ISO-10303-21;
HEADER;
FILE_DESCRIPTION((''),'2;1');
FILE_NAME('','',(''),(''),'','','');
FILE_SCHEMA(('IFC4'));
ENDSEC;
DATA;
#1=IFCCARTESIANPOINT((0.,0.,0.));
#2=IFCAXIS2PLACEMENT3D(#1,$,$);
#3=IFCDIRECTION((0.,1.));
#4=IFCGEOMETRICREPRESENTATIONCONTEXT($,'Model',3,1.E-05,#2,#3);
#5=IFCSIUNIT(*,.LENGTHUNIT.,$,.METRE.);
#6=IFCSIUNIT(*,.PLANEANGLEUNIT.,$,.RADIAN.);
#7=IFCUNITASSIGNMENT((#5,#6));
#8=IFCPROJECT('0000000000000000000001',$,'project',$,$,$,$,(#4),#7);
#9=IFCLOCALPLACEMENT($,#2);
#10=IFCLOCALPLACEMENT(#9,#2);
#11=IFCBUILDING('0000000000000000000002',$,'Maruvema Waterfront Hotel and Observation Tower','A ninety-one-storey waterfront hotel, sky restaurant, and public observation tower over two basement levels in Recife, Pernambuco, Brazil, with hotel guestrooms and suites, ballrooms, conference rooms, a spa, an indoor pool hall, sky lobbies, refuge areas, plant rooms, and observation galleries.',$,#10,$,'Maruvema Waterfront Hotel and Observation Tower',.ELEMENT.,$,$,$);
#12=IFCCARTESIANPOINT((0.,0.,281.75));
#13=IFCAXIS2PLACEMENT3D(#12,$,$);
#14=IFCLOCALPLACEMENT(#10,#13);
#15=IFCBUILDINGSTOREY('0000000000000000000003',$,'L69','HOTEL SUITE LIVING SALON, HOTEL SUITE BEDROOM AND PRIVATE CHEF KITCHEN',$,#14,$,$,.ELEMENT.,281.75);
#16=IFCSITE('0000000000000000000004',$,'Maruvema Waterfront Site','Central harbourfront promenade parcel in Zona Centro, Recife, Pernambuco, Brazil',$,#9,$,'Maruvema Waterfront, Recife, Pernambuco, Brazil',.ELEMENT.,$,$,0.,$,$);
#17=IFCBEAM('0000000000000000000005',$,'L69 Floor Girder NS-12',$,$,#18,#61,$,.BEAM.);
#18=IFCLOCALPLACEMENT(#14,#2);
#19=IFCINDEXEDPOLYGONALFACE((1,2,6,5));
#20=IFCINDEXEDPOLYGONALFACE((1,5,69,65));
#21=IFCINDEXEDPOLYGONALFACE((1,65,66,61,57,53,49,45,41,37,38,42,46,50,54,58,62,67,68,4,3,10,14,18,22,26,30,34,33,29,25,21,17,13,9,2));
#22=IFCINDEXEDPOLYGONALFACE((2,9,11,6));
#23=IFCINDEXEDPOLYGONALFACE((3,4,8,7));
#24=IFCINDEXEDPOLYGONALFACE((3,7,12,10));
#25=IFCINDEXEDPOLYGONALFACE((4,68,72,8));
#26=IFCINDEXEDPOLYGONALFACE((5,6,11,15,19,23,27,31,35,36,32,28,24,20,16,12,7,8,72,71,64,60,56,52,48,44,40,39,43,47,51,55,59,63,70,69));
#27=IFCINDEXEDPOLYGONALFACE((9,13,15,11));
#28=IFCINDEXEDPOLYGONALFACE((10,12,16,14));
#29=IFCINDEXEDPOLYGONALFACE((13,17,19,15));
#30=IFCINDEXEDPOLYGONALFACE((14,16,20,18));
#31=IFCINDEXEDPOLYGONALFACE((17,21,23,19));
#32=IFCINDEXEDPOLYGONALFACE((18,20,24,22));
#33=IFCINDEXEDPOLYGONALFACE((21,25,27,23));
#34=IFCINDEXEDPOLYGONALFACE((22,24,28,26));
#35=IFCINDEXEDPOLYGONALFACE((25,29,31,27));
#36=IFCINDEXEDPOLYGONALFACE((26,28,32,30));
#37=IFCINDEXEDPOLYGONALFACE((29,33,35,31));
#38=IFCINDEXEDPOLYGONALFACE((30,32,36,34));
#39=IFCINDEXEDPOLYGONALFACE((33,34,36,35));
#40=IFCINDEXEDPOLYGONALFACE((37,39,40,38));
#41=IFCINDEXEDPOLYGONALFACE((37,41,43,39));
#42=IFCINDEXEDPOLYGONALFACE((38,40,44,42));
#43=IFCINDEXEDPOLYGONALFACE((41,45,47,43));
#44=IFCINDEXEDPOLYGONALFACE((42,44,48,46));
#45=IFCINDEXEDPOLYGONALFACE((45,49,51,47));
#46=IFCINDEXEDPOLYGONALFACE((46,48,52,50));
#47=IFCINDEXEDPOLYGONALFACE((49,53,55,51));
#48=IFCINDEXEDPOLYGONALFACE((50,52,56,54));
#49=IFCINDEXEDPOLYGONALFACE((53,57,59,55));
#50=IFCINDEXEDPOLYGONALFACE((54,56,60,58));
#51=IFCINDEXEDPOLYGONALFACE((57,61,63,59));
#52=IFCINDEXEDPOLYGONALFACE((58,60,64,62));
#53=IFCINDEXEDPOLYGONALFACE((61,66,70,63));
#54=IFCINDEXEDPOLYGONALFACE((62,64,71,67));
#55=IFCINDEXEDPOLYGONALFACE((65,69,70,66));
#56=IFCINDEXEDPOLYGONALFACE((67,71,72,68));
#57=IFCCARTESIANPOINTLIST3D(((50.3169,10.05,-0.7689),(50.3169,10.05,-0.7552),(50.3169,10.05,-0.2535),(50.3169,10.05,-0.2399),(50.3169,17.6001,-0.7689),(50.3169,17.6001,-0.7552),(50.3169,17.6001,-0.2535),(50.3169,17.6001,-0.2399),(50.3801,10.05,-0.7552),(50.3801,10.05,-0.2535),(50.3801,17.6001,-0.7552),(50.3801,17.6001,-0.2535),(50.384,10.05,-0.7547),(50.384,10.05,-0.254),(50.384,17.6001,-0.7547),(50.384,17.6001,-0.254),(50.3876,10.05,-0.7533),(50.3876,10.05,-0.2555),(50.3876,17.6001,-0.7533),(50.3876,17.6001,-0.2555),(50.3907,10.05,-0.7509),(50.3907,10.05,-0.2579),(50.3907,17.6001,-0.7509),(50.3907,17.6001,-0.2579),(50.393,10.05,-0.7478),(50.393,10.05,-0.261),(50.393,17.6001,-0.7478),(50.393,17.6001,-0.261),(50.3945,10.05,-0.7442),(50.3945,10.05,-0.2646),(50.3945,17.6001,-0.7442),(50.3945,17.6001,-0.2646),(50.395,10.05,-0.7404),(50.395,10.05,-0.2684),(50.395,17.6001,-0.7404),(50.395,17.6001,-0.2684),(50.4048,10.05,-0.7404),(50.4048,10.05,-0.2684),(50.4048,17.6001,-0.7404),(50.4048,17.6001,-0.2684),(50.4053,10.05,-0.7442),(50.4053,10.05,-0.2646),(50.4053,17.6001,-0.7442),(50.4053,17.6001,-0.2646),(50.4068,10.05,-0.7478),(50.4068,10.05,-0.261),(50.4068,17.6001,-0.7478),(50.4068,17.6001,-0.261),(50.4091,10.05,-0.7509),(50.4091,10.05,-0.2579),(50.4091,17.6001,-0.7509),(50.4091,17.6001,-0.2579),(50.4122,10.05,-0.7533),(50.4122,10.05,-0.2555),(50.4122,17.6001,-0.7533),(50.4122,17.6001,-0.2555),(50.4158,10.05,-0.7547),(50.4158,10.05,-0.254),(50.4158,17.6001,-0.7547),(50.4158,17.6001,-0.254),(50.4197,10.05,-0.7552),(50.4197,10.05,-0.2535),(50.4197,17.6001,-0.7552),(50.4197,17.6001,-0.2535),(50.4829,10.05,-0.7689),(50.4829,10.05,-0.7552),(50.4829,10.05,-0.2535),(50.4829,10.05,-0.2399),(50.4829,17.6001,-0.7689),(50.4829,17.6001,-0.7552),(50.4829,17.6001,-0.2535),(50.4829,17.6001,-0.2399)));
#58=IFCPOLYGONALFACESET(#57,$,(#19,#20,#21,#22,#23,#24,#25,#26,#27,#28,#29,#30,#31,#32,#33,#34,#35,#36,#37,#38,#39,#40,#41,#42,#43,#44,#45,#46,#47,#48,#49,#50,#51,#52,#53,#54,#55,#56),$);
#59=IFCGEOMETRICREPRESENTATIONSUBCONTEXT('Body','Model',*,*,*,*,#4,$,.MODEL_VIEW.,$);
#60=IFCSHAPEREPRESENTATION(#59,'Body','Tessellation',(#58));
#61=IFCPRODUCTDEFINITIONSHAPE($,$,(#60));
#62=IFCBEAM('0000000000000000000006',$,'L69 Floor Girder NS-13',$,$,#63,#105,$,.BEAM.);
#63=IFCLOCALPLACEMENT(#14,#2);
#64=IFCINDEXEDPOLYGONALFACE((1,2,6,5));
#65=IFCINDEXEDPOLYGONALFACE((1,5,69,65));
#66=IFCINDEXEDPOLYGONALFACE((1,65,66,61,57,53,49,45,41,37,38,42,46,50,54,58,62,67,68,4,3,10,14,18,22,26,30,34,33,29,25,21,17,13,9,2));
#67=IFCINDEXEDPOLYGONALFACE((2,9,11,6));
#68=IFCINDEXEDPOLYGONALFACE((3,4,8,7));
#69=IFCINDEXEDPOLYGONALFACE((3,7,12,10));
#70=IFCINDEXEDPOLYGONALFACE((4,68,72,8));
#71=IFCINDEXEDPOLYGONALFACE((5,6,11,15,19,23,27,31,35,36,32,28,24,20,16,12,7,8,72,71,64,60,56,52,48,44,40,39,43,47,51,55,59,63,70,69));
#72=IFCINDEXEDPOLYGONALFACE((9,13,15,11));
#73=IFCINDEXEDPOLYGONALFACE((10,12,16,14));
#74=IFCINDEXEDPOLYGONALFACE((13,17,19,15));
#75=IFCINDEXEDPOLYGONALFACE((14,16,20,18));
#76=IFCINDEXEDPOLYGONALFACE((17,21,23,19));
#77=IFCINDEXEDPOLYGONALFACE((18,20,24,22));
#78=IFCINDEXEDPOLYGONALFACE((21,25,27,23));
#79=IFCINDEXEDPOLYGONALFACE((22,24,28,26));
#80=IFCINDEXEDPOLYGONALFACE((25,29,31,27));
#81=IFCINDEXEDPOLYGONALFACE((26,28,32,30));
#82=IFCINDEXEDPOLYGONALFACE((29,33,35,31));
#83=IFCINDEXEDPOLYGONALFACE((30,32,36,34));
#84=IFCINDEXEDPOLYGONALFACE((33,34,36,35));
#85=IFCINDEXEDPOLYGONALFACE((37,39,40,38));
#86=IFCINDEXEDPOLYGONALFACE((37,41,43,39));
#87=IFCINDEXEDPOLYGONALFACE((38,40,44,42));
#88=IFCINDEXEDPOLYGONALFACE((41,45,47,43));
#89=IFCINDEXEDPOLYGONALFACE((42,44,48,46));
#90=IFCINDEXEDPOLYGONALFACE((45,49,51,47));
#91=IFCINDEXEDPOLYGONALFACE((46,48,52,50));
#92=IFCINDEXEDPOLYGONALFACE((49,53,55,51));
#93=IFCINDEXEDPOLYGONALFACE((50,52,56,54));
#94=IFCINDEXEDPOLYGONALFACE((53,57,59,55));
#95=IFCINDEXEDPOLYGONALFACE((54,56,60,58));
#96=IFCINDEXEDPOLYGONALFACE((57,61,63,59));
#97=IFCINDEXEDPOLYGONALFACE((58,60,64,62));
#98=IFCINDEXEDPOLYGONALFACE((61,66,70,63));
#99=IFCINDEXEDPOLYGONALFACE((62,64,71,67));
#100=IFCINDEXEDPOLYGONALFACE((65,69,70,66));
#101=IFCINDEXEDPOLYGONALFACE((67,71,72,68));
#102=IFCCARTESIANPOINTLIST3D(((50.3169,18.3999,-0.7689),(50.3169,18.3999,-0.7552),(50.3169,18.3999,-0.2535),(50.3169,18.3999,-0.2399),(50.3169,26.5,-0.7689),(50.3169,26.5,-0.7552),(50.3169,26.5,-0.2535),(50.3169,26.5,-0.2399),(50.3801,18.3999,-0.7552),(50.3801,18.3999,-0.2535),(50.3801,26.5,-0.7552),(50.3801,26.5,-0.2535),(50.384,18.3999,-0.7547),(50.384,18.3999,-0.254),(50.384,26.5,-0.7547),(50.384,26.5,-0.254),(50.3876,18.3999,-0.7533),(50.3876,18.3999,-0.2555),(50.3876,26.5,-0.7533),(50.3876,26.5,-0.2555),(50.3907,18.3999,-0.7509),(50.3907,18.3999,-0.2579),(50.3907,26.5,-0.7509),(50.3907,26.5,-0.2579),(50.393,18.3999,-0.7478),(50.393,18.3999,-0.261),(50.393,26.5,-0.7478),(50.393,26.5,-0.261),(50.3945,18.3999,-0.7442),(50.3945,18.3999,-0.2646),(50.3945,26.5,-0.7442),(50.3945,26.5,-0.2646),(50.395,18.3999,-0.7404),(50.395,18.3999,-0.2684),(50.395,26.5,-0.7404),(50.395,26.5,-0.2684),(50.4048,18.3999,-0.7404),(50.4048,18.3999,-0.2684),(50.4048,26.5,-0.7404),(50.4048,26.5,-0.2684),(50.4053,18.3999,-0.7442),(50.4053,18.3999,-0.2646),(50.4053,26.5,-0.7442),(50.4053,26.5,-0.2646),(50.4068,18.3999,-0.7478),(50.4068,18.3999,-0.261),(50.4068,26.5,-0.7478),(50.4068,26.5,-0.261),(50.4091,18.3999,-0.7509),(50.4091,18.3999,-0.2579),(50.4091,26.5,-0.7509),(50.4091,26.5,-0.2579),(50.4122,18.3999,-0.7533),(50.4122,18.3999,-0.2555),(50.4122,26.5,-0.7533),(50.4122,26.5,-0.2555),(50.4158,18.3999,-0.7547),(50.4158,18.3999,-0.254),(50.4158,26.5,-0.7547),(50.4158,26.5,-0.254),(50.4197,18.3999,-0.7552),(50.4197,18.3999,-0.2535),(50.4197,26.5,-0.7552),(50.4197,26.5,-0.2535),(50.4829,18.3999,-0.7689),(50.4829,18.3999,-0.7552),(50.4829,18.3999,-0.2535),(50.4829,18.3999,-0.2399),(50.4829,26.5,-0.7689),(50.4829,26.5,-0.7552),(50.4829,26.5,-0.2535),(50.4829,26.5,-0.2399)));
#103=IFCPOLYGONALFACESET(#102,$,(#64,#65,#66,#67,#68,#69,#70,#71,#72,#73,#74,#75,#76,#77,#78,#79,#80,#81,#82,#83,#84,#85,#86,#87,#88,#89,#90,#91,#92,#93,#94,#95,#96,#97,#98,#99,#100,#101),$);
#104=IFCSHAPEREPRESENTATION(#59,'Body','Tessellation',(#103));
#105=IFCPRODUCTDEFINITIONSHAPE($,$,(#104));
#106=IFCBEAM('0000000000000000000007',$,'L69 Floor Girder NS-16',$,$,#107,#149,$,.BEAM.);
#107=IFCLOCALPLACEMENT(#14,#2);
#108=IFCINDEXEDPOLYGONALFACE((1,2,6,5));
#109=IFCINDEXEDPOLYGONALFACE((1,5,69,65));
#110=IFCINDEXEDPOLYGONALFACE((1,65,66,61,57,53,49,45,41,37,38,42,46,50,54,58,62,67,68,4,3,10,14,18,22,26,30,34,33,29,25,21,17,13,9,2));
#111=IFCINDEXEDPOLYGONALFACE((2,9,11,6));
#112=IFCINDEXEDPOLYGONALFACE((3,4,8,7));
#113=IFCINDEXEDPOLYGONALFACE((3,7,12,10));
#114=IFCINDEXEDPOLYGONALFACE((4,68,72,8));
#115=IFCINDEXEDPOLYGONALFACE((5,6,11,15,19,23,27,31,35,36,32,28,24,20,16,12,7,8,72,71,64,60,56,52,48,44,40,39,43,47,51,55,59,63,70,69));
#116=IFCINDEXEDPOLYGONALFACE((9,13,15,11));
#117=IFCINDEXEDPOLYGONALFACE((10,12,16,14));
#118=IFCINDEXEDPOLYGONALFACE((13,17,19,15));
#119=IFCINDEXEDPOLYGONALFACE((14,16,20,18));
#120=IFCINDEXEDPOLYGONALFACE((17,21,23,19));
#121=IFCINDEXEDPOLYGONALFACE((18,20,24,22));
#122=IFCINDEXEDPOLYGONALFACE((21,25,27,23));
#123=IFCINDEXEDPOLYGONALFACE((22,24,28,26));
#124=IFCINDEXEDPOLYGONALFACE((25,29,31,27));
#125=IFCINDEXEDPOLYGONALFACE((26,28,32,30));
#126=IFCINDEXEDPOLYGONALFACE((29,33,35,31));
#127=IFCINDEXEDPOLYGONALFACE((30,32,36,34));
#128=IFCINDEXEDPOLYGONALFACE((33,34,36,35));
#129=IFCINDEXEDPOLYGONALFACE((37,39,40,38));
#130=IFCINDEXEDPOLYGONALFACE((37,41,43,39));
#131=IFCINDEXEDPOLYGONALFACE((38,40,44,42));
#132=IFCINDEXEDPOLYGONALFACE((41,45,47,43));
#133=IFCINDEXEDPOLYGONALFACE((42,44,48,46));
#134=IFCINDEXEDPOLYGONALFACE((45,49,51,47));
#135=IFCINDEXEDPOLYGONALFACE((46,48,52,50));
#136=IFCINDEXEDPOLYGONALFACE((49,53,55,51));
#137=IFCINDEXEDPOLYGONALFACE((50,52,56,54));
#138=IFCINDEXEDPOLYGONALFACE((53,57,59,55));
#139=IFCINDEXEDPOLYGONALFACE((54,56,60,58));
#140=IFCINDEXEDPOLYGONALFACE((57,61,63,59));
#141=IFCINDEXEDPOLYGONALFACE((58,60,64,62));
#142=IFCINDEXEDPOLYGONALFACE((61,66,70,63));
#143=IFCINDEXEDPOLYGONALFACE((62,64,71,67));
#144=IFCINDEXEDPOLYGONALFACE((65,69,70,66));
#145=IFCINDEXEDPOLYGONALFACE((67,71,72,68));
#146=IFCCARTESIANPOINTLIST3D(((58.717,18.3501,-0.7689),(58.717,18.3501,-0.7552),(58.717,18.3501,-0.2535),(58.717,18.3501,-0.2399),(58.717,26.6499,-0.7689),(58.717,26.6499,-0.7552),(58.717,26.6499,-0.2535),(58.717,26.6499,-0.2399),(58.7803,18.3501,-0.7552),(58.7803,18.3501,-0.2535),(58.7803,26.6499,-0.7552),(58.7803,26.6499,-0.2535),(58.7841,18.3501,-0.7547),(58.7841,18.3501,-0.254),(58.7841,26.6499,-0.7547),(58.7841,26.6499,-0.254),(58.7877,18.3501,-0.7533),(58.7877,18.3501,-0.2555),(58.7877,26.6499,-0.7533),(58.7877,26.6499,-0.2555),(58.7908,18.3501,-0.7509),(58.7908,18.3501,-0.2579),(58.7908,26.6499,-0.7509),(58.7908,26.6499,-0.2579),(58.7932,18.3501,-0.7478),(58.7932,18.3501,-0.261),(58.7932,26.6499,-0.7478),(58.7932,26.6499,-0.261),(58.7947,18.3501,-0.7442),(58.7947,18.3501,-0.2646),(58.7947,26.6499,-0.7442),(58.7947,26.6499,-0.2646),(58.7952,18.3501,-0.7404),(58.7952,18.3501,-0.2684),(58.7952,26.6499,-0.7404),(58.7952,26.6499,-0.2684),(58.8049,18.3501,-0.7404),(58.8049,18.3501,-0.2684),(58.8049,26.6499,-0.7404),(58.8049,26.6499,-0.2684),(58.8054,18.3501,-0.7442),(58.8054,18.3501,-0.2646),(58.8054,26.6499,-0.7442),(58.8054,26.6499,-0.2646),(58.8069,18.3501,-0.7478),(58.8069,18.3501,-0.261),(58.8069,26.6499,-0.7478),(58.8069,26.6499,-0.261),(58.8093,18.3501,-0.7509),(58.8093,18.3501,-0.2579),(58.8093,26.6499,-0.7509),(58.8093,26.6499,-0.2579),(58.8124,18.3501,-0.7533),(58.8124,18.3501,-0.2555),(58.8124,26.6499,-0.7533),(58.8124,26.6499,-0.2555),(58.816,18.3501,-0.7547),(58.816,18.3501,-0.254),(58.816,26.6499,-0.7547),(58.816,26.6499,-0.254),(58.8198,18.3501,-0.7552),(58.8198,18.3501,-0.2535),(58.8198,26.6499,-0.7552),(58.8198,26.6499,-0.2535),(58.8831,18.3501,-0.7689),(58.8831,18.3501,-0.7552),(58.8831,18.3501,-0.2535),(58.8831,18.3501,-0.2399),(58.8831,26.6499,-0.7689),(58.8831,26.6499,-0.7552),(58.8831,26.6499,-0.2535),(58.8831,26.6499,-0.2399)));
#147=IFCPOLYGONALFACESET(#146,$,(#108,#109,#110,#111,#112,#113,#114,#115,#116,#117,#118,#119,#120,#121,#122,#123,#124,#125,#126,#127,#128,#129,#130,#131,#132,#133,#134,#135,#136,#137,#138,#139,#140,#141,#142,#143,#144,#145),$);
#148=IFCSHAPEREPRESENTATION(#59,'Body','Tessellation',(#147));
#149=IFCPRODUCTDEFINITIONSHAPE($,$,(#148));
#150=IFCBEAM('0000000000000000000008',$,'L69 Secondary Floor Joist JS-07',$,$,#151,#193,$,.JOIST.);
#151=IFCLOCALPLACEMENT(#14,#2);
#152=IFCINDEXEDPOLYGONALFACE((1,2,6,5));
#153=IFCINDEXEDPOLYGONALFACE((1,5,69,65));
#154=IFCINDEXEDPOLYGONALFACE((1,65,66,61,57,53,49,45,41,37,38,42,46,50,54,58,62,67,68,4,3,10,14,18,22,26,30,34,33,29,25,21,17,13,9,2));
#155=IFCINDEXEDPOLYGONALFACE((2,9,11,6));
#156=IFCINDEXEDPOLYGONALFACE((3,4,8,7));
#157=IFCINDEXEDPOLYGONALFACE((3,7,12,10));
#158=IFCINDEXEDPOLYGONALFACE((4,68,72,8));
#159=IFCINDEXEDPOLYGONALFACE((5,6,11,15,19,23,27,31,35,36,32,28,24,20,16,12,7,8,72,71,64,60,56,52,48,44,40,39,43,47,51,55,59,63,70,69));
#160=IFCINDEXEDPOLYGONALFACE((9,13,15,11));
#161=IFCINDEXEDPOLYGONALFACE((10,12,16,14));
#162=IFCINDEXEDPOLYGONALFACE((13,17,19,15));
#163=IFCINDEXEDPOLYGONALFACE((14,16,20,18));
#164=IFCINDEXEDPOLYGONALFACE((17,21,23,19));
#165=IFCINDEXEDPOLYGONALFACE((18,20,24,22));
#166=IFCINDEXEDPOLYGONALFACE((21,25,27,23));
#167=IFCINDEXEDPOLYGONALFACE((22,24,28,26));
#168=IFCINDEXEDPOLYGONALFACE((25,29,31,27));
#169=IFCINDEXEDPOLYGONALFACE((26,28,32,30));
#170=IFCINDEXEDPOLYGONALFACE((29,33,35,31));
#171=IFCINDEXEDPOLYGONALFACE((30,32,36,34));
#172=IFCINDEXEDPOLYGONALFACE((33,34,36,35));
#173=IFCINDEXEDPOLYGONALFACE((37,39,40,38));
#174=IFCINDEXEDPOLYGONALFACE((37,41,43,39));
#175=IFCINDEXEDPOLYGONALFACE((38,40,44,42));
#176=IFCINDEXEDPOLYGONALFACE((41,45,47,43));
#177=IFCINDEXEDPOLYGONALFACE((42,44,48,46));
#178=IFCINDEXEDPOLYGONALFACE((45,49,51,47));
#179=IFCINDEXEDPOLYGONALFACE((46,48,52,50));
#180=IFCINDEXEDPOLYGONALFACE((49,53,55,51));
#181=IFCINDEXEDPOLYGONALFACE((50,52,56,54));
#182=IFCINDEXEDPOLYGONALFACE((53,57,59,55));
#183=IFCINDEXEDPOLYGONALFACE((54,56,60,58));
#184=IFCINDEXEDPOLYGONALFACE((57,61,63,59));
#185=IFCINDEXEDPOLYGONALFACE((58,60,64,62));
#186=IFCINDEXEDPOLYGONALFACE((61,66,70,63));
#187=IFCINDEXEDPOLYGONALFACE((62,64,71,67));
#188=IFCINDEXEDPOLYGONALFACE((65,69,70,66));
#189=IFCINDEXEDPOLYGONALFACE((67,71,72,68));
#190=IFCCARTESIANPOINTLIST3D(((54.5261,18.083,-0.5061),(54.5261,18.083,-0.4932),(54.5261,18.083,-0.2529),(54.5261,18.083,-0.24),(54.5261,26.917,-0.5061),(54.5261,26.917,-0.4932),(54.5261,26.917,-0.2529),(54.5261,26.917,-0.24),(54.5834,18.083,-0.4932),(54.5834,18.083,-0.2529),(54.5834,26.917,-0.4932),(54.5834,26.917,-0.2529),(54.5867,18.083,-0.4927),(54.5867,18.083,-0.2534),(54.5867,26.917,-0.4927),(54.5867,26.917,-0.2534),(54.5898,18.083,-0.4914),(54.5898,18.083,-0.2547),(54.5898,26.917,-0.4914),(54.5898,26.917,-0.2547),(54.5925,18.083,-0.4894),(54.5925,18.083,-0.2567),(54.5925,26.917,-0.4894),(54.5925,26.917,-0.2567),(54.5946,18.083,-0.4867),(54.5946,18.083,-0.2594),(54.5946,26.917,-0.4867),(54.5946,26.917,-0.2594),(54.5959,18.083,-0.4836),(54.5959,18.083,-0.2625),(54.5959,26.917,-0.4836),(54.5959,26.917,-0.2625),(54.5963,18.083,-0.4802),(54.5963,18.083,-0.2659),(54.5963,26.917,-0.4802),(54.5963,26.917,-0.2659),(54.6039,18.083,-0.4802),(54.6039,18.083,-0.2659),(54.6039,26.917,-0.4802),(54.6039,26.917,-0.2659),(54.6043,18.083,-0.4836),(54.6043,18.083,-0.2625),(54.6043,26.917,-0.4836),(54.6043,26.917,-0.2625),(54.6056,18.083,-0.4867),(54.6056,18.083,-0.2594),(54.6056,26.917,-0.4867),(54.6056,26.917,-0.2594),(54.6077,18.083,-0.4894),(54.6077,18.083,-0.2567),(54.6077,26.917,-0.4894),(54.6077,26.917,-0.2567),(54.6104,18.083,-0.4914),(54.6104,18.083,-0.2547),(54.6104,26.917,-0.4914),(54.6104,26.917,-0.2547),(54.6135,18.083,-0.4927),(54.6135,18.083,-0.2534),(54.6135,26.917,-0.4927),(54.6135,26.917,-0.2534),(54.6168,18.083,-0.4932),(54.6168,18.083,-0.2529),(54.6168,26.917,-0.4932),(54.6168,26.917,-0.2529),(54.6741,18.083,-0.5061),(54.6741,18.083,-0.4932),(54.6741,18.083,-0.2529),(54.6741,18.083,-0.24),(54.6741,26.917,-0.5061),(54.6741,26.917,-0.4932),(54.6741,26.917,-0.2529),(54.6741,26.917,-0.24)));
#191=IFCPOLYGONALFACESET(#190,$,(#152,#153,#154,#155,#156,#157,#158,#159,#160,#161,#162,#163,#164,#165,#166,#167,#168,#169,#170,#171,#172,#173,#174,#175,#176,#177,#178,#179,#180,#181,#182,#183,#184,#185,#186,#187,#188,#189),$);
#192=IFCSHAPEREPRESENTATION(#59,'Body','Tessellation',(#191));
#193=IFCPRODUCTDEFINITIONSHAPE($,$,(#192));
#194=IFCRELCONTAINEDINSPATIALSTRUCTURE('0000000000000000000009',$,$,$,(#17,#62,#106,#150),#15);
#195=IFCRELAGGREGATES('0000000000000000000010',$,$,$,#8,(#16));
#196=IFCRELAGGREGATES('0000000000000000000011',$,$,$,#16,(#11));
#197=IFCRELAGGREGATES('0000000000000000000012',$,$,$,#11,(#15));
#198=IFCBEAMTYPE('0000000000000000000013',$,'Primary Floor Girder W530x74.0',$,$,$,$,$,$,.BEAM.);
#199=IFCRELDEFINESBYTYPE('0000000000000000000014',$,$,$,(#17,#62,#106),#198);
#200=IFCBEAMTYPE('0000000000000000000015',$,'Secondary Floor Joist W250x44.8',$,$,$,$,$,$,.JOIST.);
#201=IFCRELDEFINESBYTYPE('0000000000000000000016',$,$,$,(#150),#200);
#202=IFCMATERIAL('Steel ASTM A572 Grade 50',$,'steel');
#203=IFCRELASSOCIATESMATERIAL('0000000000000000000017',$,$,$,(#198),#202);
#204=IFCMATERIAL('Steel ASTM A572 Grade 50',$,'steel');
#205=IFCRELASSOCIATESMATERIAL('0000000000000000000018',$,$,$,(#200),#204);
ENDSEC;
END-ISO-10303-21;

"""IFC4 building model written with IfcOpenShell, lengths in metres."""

from ifc_helpers import new_model, si_unit, direction, frame, origin, origin_2d, place, context, subcontext, project, spatial, i_section, extrude, material, material_profile, profile_set, type_object, element, save


model = new_model("IFC4")

# Units and contexts
model_context = context("Model", 3, precision=1e-05, world=origin(), true_north=direction((0.0, 1.0)))
body_context = subcontext(model_context, "Body", "Model", "MODEL_VIEW")
ifc_project = project(units=[si_unit("LENGTHUNIT", "METRE"), si_unit("PLANEANGLEUNIT", "RADIAN")], contexts=[model_context])

# Site, building, storey
site_placement = place(None, origin())
site = spatial("IfcSite", under=ifc_project, at=site_placement, Name="Maruvema Waterfront Site", Description="Central harbourfront promenade parcel in Zona Centro, Recife, Pernambuco, Brazil", LongName="Maruvema Waterfront, Recife, Pernambuco, Brazil", CompositionType="ELEMENT", RefElevation=0.0)
building_placement = place(site_placement, origin())
building = spatial("IfcBuilding", under=site, at=building_placement, Name="Maruvema Waterfront Hotel and Observation Tower", Description="A ninety-one-storey waterfront hotel, sky restaurant, and public observation tower over two basement levels in Recife, Pernambuco, Brazil, with hotel guestrooms and suites, ballrooms, conference rooms, a spa, an indoor pool hall, sky lobbies, refuge areas, plant rooms, and observation galleries.", LongName="Maruvema Waterfront Hotel and Observation Tower", CompositionType="ELEMENT")
storey_placement = place(building_placement, frame((0.0, 0.0, 281.75)))
storey = spatial("IfcBuildingStorey", under=building, at=storey_placement, Name="L69", Description="HOTEL SUITE LIVING SALON, HOTEL SUITE BEDROOM AND PRIVATE CHEF KITCHEN", CompositionType="ELEMENT", Elevation=281.75)

# Beams
ifc_material_1 = material(Name="Steel ASTM A572 Grade 50", Category="steel")
ifc_material_profile_1 = material_profile(ifc_material_1, i_section(OverallWidth=0.166, OverallDepth=0.5291, WebThickness=0.0098, FlangeThickness=0.0137, FilletRadius=0.0149, at=origin_2d()), Name="W530x74.0")
ifc_profile_set_1 = profile_set([ifc_material_profile_1], Name="Steel ASTM A572 Grade 50")
beam_type_1 = type_object("IfcBeamType", Name="Primary Floor Girder W530x74.0", PredefinedType="BEAM", material=ifc_profile_set_1)
beam_1_placement = place(storey_placement, frame((50.3999, 10.05, -0.5044), z_axis=(0.0, 1.0, 0.0), x_axis=(-1.0, 0.0, 0.0)))
element("IfcBeam", 1, at=beam_1_placement, inside=storey, type_object=beam_type_1, Name="L69 Floor Girder NS-12", PredefinedType="BEAM", context=body_context, shape_type="SweptSolid", body=[
    extrude(i_section(OverallWidth=0.166, OverallDepth=0.5291, WebThickness=0.0098, FlangeThickness=0.0137, FilletRadius=0.0149, at=origin_2d()), origin(), (0.0, 0.0, 1.0), 7.55),
])
beam_2_placement = place(storey_placement, frame((50.3999, 18.3999, -0.5044), z_axis=(0.0, 1.0, 0.0), x_axis=(-1.0, 0.0, 0.0)))
element("IfcBeam", 2, at=beam_2_placement, inside=storey, type_object=beam_type_1, Name="L69 Floor Girder NS-13", PredefinedType="BEAM", context=body_context, shape_type="SweptSolid", body=[
    extrude(i_section(OverallWidth=0.166, OverallDepth=0.5291, WebThickness=0.0098, FlangeThickness=0.0137, FilletRadius=0.0149, at=origin_2d()), origin(), (0.0, 0.0, 1.0), 8.1001),
])
beam_3_placement = place(storey_placement, frame((58.8, 18.3501, -0.5044), z_axis=(0.0, 1.0, 0.0), x_axis=(-1.0, 0.0, 0.0)))
element("IfcBeam", 3, at=beam_3_placement, inside=storey, type_object=beam_type_1, Name="L69 Floor Girder NS-16", PredefinedType="BEAM", context=body_context, shape_type="SweptSolid", body=[
    extrude(i_section(OverallWidth=0.166, OverallDepth=0.5291, WebThickness=0.0098, FlangeThickness=0.0137, FilletRadius=0.0149, at=origin_2d()), origin(), (0.0, 0.0, 1.0), 8.2998),
])
ifc_material_2 = material(Name="Steel ASTM A572 Grade 50", Category="steel")
ifc_material_profile_2 = material_profile(ifc_material_2, i_section(OverallWidth=0.1479, OverallDepth=0.2661, WebThickness=0.0076, FlangeThickness=0.0129, FilletRadius=0.0129, at=origin_2d()), Name="W250x44.8")
ifc_profile_set_2 = profile_set([ifc_material_profile_2], Name="Steel ASTM A572 Grade 50")
beam_type_2 = type_object("IfcBeamType", Name="Secondary Floor Joist W250x44.8", PredefinedType="JOIST", material=ifc_profile_set_2)
beam_4_placement = place(storey_placement, frame((54.6001, 18.083, -0.373), z_axis=(0.0, 1.0, 0.0), x_axis=(-1.0, 0.0, 0.0)))
element("IfcBeam", 4, at=beam_4_placement, inside=storey, type_object=beam_type_2, Name="L69 Secondary Floor Joist JS-07", PredefinedType="JOIST", context=body_context, shape_type="SweptSolid", body=[
    extrude(i_section(OverallWidth=0.1479, OverallDepth=0.2661, WebThickness=0.0076, FlangeThickness=0.0129, FilletRadius=0.0129, at=origin_2d()), origin(), (0.0, 0.0, 1.0), 8.834),
])

save(model, "model.ifc")
